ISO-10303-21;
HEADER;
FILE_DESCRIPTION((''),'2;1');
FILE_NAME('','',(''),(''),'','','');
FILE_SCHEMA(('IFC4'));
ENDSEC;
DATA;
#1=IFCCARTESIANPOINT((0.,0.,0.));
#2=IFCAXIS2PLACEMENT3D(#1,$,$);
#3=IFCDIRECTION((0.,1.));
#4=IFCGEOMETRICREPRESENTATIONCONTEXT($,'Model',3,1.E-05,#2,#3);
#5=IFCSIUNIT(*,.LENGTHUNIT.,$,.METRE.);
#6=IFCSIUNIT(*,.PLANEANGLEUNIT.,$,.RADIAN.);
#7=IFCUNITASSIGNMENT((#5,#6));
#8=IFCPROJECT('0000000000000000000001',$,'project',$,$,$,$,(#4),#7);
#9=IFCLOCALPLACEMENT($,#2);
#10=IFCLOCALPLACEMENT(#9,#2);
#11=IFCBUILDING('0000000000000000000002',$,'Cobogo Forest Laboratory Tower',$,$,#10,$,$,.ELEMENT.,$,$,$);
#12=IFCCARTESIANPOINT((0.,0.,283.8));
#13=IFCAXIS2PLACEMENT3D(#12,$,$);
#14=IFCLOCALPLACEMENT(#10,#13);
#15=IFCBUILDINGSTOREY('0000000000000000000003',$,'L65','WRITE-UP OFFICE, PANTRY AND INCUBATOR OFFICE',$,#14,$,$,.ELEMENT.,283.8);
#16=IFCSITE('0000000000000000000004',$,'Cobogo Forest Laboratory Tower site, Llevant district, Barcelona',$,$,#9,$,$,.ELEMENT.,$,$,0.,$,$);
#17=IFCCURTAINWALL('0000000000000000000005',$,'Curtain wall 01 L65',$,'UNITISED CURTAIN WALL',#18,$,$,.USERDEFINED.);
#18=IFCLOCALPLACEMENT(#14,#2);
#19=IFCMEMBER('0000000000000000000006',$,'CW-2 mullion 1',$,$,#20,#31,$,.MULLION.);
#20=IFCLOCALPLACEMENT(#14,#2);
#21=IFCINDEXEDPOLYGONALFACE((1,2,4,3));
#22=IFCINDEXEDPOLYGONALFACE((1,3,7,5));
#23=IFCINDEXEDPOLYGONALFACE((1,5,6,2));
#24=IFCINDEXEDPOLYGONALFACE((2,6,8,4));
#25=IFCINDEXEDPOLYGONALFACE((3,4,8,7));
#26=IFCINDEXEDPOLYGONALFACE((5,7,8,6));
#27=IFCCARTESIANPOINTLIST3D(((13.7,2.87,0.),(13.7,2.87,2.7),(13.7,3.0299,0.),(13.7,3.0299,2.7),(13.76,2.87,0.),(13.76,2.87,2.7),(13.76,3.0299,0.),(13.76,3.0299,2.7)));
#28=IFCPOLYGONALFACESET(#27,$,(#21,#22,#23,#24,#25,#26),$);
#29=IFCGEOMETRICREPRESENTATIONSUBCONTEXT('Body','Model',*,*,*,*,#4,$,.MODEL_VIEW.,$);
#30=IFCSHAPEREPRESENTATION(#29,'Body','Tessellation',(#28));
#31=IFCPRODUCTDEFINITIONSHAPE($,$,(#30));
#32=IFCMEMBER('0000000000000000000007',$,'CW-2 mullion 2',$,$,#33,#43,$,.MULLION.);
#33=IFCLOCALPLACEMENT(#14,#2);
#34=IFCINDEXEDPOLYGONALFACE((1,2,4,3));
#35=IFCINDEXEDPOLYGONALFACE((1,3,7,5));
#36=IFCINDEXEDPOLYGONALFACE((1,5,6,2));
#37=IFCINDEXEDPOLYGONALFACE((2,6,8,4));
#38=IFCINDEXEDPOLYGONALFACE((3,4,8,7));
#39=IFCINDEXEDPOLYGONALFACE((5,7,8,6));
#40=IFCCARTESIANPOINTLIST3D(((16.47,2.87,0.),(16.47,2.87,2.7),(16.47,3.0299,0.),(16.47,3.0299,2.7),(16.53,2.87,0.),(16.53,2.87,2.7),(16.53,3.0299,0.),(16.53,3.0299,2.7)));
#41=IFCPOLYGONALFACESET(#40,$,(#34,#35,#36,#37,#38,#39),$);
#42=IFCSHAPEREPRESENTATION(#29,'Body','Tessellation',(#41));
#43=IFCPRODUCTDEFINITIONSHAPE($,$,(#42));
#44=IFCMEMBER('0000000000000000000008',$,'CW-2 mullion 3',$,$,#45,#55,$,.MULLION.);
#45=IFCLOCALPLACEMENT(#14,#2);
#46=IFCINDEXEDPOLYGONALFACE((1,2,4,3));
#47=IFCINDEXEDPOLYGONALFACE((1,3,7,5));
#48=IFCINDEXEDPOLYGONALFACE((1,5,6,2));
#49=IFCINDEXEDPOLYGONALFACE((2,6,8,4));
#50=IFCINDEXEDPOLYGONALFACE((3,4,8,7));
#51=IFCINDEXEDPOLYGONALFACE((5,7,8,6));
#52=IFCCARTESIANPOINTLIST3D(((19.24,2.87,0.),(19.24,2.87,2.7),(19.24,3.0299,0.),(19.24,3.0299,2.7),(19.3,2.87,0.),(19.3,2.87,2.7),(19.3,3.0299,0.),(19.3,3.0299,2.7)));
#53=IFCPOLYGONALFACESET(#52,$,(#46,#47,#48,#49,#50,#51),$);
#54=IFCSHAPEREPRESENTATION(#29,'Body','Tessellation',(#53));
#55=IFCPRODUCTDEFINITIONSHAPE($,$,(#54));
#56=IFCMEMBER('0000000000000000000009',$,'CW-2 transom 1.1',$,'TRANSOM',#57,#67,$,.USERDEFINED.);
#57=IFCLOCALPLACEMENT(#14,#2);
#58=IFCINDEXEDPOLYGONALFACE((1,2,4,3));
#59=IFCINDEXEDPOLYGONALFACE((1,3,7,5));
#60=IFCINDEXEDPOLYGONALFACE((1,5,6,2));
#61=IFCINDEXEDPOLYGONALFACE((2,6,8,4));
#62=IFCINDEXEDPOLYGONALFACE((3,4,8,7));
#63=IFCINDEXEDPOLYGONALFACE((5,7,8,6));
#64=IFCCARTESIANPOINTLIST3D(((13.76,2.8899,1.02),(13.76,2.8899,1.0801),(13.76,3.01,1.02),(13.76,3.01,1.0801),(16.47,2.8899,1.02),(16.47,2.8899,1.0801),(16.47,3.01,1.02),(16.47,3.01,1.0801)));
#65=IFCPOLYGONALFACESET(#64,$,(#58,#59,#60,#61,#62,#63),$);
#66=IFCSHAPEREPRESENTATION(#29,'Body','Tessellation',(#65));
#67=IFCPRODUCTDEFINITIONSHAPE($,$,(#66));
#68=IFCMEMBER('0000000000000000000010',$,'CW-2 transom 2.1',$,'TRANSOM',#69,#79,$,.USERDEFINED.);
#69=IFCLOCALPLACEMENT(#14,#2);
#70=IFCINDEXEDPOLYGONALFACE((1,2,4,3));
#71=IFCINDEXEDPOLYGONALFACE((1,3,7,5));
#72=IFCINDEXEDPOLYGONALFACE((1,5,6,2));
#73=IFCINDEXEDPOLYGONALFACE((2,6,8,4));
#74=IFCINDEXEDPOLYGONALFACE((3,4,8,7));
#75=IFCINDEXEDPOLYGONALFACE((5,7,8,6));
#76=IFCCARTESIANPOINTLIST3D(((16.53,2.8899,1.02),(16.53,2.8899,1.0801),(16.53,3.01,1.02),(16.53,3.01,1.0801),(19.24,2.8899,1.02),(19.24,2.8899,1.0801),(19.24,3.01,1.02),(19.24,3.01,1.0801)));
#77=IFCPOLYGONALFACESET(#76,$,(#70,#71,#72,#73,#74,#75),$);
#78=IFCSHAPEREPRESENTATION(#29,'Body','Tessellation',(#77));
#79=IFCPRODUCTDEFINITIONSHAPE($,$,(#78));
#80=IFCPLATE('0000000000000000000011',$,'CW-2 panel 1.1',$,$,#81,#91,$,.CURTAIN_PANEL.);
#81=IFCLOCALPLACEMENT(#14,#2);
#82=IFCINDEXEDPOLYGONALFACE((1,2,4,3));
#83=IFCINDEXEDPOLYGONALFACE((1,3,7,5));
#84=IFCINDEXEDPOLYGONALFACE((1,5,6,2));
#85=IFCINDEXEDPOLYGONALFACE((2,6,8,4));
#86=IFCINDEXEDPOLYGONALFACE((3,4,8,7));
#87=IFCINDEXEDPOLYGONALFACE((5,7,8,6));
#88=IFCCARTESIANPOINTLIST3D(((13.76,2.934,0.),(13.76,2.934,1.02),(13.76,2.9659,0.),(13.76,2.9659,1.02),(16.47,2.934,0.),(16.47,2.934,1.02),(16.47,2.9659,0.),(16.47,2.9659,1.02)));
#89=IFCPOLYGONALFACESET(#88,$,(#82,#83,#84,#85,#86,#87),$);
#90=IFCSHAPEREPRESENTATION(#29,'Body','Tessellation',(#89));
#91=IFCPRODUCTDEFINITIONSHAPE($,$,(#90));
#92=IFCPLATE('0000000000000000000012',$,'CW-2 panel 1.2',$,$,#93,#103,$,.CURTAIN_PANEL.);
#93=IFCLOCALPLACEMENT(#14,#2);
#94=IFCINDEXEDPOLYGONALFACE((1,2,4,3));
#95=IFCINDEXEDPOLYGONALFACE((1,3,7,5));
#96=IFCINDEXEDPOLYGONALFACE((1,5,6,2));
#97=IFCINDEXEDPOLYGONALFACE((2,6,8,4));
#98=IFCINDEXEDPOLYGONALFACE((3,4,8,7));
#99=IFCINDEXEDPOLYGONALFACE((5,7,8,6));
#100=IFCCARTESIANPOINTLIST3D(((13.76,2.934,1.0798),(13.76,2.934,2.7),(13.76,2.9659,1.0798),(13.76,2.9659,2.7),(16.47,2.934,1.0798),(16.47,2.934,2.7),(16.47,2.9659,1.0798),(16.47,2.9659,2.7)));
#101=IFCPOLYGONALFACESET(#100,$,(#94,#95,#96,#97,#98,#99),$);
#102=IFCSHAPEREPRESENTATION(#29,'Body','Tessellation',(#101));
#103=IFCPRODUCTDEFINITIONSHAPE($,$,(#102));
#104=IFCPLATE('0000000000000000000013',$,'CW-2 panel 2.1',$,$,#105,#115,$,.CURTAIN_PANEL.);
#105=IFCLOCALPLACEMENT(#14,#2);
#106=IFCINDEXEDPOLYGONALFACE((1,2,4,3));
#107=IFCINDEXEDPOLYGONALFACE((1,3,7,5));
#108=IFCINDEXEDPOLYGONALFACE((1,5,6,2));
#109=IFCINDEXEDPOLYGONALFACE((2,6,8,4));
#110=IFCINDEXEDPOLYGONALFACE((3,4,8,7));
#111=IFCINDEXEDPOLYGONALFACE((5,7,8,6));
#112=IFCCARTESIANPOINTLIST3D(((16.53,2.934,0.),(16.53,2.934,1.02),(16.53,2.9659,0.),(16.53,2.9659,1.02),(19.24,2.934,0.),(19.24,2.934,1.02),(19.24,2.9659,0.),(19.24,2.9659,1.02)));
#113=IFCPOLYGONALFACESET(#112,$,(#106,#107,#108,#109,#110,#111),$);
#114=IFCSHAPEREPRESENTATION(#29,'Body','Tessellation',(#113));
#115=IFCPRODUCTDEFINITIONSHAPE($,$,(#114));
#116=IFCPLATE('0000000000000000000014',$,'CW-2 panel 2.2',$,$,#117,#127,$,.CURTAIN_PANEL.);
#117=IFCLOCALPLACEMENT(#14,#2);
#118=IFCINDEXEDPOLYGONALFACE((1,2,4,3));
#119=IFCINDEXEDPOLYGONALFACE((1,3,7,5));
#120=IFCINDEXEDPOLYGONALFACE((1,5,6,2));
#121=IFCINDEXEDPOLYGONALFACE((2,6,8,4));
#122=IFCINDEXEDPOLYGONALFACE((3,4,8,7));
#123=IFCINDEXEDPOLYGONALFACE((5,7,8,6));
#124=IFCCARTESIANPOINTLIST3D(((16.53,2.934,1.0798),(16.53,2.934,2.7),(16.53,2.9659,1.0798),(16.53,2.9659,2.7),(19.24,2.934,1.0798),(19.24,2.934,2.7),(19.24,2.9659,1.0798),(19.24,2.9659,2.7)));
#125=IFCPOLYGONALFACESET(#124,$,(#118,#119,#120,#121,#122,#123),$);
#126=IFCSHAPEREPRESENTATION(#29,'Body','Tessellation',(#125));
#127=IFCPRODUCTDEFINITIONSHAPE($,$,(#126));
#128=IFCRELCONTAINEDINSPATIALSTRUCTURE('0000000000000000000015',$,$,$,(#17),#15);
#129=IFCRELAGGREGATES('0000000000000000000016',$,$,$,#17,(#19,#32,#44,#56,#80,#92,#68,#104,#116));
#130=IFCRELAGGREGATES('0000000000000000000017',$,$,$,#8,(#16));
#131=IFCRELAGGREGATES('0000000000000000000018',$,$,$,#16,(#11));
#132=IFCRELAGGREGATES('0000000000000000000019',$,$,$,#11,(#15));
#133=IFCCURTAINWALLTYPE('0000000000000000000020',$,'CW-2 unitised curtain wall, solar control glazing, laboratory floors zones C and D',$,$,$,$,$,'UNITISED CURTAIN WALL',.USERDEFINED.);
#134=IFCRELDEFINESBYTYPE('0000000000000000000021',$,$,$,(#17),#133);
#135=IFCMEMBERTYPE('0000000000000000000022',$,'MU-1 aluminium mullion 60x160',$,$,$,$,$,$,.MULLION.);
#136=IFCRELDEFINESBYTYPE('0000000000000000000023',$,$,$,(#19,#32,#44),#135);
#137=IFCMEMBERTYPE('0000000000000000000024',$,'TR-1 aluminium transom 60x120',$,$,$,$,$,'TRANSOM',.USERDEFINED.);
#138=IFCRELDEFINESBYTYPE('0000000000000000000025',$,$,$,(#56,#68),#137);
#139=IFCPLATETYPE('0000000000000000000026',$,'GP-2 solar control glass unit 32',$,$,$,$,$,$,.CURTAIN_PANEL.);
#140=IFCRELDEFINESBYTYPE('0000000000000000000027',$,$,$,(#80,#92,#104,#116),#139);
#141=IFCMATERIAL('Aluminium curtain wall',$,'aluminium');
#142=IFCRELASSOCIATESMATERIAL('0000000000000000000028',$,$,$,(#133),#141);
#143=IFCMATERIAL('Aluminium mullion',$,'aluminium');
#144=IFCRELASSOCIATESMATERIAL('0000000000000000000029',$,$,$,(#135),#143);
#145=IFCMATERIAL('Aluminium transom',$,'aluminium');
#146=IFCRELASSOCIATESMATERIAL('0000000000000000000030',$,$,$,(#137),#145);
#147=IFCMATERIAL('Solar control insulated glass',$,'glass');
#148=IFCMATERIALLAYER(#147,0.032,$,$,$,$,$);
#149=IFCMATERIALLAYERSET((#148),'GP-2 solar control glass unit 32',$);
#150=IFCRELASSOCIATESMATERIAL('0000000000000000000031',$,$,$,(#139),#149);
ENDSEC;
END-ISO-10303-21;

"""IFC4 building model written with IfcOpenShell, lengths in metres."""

from ifc_helpers import new_model, si_unit, direction, frame, origin, origin_2d, place, context, subcontext, project, spatial, rectangle, extrude, material, layer, layer_set, material_profile, profile_set, type_object, element, aggregate, save


model = new_model("IFC4")

# Units and contexts
model_context = context("Model", 3, precision=1e-05, world=origin(), true_north=direction((0.0, 1.0)))
body_context = subcontext(model_context, "Body", "Model", "MODEL_VIEW")
ifc_project = project(units=[si_unit("LENGTHUNIT", "METRE"), si_unit("PLANEANGLEUNIT", "RADIAN")], contexts=[model_context])

# Site, building, storey
site_placement = place(None, origin())
site = spatial("IfcSite", under=ifc_project, at=site_placement, Name="Cobogo Forest Laboratory Tower site, Llevant district, Barcelona", CompositionType="ELEMENT", RefElevation=0.0)
building_placement = place(site_placement, origin())
building = spatial("IfcBuilding", under=site, at=building_placement, Name="Cobogo Forest Laboratory Tower", CompositionType="ELEMENT")
storey_placement = place(building_placement, frame((0.0, 0.0, 283.8)))
storey = spatial("IfcBuildingStorey", under=building, at=storey_placement, Name="L65", Description="WRITE-UP OFFICE, PANTRY AND INCUBATOR OFFICE", CompositionType="ELEMENT", Elevation=283.8)

# Curtain wall, members, plates
ifc_material_1 = material(Name="Aluminium curtain wall", Category="aluminium")
curtain_wall_type = type_object("IfcCurtainWallType", Name="CW-2 unitised curtain wall, solar control glazing, laboratory floors zones C and D", ElementType="UNITISED CURTAIN WALL", PredefinedType="USERDEFINED", material=ifc_material_1)
curtain_wall_placement = place(storey_placement, origin())
curtain_wall = element("IfcCurtainWall", 1, at=curtain_wall_placement, inside=storey, type_object=curtain_wall_type, Name="Curtain wall 01 L65", ObjectType="UNITISED CURTAIN WALL", PredefinedType="USERDEFINED")
ifc_material_2 = material(Name="Aluminium mullion", Category="aluminium")
ifc_material_profile_1 = material_profile(ifc_material_2, rectangle(XDim=0.0601, YDim=0.1599, at=origin_2d()), Name="AL 60x160")
ifc_profile_set_1 = profile_set([ifc_material_profile_1], Name="Aluminium mullion")
member_type_1 = type_object("IfcMemberType", Name="MU-1 aluminium mullion 60x160", PredefinedType="MULLION", material=ifc_profile_set_1)
member_1_placement = place(storey_placement, frame((13.73, 2.95, 0.0), z_axis=(0.0, 0.0, 1.0), x_axis=(1.0, 0.0, 0.0)))
member_1 = element("IfcMember", 2, at=member_1_placement, type_object=member_type_1, Name="CW-2 mullion 1", PredefinedType="MULLION", context=body_context, shape_type="SweptSolid", body=[
    extrude(rectangle(XDim=0.0601, YDim=0.1599, at=origin_2d()), origin(), (0.0, 0.0, 1.0), 2.7),
])
member_2_placement = place(storey_placement, frame((16.5, 2.95, 0.0), z_axis=(0.0, 0.0, 1.0), x_axis=(1.0, 0.0, 0.0)))
member_2 = element("IfcMember", 3, at=member_2_placement, type_object=member_type_1, Name="CW-2 mullion 2", PredefinedType="MULLION", context=body_context, shape_type="SweptSolid", body=[
    extrude(rectangle(XDim=0.0601, YDim=0.1599, at=origin_2d()), origin(), (0.0, 0.0, 1.0), 2.7),
])
member_3_placement = place(storey_placement, frame((19.27, 2.95, 0.0), z_axis=(0.0, 0.0, 1.0), x_axis=(1.0, 0.0, 0.0)))
member_3 = element("IfcMember", 4, at=member_3_placement, type_object=member_type_1, Name="CW-2 mullion 3", PredefinedType="MULLION", context=body_context, shape_type="SweptSolid", body=[
    extrude(rectangle(XDim=0.0601, YDim=0.1599, at=origin_2d()), origin(), (0.0, 0.0, 1.0), 2.7),
])
ifc_material_3 = material(Name="Aluminium transom", Category="aluminium")
ifc_material_profile_2 = material_profile(ifc_material_3, rectangle(XDim=0.1201, YDim=0.0601, at=origin_2d()), Name="AL 60x120")
ifc_profile_set_2 = profile_set([ifc_material_profile_2], Name="Aluminium transom")
member_type_2 = type_object("IfcMemberType", Name="TR-1 aluminium transom 60x120", ElementType="TRANSOM", PredefinedType="USERDEFINED", material=ifc_profile_set_2)
member_4_placement = place(storey_placement, frame((13.76, 2.95, 1.05), z_axis=(1.0, 0.0, 0.0), x_axis=(0.0, 1.0, 0.0)))
member_4 = element("IfcMember", 5, at=member_4_placement, type_object=member_type_2, Name="CW-2 transom 1.1", ObjectType="TRANSOM", PredefinedType="USERDEFINED", context=body_context, shape_type="SweptSolid", body=[
    extrude(rectangle(XDim=0.1201, YDim=0.0601, at=origin_2d()), origin(), (0.0, 0.0, 1.0), 2.71),
])
member_5_placement = place(storey_placement, frame((16.53, 2.95, 1.05), z_axis=(1.0, 0.0, 0.0), x_axis=(0.0, 1.0, 0.0)))
member_5 = element("IfcMember", 6, at=member_5_placement, type_object=member_type_2, Name="CW-2 transom 2.1", ObjectType="TRANSOM", PredefinedType="USERDEFINED", context=body_context, shape_type="SweptSolid", body=[
    extrude(rectangle(XDim=0.1201, YDim=0.0601, at=origin_2d()), origin(), (0.0, 0.0, 1.0), 2.71),
])
ifc_material_4 = material(Name="Solar control insulated glass", Category="glass")
ifc_layer = layer(ifc_material_4, 0.032)
ifc_layer_set = layer_set([ifc_layer], Name="GP-2 solar control glass unit 32")
plate_type_1 = type_object("IfcPlateType", Name="GP-2 solar control glass unit 32", PredefinedType="CURTAIN_PANEL", material=ifc_layer_set)
plate_1_placement = place(storey_placement, frame((15.115, 2.95, 0.0), z_axis=(0.0, 0.0, 1.0), x_axis=(1.0, 0.0, 0.0)))
plate_1 = element("IfcPlate", 7, at=plate_1_placement, type_object=plate_type_1, Name="CW-2 panel 1.1", PredefinedType="CURTAIN_PANEL", context=body_context, shape_type="SweptSolid", body=[
    extrude(rectangle(XDim=2.71, YDim=0.032, at=origin_2d()), origin(), (0.0, 0.0, 1.0), 1.02),
])
plate_2_placement = place(storey_placement, frame((15.115, 2.95, 1.0798), z_axis=(0.0, 0.0, 1.0), x_axis=(1.0, 0.0, 0.0)))
plate_2 = element("IfcPlate", 8, at=plate_2_placement, type_object=plate_type_1, Name="CW-2 panel 1.2", PredefinedType="CURTAIN_PANEL", context=body_context, shape_type="SweptSolid", body=[
    extrude(rectangle(XDim=2.71, YDim=0.032, at=origin_2d()), origin(), (0.0, 0.0, 1.0), 1.6201),
])
plate_3_placement = place(storey_placement, frame((17.885, 2.95, 0.0), z_axis=(0.0, 0.0, 1.0), x_axis=(1.0, 0.0, 0.0)))
plate_3 = element("IfcPlate", 9, at=plate_3_placement, type_object=plate_type_1, Name="CW-2 panel 2.1", PredefinedType="CURTAIN_PANEL", context=body_context, shape_type="SweptSolid", body=[
    extrude(rectangle(XDim=2.71, YDim=0.032, at=origin_2d()), origin(), (0.0, 0.0, 1.0), 1.02),
])
plate_4_placement = place(storey_placement, frame((17.885, 2.95, 1.0798), z_axis=(0.0, 0.0, 1.0), x_axis=(1.0, 0.0, 0.0)))
plate_4 = element("IfcPlate", 10, at=plate_4_placement, type_object=plate_type_1, Name="CW-2 panel 2.2", PredefinedType="CURTAIN_PANEL", context=body_context, shape_type="SweptSolid", body=[
    extrude(rectangle(XDim=2.71, YDim=0.032, at=origin_2d()), origin(), (0.0, 0.0, 1.0), 1.6201),
])
aggregate(curtain_wall, [member_1, member_2, member_3, member_4, plate_1, plate_2, member_5, plate_3, plate_4])

save(model, "model.ifc")
